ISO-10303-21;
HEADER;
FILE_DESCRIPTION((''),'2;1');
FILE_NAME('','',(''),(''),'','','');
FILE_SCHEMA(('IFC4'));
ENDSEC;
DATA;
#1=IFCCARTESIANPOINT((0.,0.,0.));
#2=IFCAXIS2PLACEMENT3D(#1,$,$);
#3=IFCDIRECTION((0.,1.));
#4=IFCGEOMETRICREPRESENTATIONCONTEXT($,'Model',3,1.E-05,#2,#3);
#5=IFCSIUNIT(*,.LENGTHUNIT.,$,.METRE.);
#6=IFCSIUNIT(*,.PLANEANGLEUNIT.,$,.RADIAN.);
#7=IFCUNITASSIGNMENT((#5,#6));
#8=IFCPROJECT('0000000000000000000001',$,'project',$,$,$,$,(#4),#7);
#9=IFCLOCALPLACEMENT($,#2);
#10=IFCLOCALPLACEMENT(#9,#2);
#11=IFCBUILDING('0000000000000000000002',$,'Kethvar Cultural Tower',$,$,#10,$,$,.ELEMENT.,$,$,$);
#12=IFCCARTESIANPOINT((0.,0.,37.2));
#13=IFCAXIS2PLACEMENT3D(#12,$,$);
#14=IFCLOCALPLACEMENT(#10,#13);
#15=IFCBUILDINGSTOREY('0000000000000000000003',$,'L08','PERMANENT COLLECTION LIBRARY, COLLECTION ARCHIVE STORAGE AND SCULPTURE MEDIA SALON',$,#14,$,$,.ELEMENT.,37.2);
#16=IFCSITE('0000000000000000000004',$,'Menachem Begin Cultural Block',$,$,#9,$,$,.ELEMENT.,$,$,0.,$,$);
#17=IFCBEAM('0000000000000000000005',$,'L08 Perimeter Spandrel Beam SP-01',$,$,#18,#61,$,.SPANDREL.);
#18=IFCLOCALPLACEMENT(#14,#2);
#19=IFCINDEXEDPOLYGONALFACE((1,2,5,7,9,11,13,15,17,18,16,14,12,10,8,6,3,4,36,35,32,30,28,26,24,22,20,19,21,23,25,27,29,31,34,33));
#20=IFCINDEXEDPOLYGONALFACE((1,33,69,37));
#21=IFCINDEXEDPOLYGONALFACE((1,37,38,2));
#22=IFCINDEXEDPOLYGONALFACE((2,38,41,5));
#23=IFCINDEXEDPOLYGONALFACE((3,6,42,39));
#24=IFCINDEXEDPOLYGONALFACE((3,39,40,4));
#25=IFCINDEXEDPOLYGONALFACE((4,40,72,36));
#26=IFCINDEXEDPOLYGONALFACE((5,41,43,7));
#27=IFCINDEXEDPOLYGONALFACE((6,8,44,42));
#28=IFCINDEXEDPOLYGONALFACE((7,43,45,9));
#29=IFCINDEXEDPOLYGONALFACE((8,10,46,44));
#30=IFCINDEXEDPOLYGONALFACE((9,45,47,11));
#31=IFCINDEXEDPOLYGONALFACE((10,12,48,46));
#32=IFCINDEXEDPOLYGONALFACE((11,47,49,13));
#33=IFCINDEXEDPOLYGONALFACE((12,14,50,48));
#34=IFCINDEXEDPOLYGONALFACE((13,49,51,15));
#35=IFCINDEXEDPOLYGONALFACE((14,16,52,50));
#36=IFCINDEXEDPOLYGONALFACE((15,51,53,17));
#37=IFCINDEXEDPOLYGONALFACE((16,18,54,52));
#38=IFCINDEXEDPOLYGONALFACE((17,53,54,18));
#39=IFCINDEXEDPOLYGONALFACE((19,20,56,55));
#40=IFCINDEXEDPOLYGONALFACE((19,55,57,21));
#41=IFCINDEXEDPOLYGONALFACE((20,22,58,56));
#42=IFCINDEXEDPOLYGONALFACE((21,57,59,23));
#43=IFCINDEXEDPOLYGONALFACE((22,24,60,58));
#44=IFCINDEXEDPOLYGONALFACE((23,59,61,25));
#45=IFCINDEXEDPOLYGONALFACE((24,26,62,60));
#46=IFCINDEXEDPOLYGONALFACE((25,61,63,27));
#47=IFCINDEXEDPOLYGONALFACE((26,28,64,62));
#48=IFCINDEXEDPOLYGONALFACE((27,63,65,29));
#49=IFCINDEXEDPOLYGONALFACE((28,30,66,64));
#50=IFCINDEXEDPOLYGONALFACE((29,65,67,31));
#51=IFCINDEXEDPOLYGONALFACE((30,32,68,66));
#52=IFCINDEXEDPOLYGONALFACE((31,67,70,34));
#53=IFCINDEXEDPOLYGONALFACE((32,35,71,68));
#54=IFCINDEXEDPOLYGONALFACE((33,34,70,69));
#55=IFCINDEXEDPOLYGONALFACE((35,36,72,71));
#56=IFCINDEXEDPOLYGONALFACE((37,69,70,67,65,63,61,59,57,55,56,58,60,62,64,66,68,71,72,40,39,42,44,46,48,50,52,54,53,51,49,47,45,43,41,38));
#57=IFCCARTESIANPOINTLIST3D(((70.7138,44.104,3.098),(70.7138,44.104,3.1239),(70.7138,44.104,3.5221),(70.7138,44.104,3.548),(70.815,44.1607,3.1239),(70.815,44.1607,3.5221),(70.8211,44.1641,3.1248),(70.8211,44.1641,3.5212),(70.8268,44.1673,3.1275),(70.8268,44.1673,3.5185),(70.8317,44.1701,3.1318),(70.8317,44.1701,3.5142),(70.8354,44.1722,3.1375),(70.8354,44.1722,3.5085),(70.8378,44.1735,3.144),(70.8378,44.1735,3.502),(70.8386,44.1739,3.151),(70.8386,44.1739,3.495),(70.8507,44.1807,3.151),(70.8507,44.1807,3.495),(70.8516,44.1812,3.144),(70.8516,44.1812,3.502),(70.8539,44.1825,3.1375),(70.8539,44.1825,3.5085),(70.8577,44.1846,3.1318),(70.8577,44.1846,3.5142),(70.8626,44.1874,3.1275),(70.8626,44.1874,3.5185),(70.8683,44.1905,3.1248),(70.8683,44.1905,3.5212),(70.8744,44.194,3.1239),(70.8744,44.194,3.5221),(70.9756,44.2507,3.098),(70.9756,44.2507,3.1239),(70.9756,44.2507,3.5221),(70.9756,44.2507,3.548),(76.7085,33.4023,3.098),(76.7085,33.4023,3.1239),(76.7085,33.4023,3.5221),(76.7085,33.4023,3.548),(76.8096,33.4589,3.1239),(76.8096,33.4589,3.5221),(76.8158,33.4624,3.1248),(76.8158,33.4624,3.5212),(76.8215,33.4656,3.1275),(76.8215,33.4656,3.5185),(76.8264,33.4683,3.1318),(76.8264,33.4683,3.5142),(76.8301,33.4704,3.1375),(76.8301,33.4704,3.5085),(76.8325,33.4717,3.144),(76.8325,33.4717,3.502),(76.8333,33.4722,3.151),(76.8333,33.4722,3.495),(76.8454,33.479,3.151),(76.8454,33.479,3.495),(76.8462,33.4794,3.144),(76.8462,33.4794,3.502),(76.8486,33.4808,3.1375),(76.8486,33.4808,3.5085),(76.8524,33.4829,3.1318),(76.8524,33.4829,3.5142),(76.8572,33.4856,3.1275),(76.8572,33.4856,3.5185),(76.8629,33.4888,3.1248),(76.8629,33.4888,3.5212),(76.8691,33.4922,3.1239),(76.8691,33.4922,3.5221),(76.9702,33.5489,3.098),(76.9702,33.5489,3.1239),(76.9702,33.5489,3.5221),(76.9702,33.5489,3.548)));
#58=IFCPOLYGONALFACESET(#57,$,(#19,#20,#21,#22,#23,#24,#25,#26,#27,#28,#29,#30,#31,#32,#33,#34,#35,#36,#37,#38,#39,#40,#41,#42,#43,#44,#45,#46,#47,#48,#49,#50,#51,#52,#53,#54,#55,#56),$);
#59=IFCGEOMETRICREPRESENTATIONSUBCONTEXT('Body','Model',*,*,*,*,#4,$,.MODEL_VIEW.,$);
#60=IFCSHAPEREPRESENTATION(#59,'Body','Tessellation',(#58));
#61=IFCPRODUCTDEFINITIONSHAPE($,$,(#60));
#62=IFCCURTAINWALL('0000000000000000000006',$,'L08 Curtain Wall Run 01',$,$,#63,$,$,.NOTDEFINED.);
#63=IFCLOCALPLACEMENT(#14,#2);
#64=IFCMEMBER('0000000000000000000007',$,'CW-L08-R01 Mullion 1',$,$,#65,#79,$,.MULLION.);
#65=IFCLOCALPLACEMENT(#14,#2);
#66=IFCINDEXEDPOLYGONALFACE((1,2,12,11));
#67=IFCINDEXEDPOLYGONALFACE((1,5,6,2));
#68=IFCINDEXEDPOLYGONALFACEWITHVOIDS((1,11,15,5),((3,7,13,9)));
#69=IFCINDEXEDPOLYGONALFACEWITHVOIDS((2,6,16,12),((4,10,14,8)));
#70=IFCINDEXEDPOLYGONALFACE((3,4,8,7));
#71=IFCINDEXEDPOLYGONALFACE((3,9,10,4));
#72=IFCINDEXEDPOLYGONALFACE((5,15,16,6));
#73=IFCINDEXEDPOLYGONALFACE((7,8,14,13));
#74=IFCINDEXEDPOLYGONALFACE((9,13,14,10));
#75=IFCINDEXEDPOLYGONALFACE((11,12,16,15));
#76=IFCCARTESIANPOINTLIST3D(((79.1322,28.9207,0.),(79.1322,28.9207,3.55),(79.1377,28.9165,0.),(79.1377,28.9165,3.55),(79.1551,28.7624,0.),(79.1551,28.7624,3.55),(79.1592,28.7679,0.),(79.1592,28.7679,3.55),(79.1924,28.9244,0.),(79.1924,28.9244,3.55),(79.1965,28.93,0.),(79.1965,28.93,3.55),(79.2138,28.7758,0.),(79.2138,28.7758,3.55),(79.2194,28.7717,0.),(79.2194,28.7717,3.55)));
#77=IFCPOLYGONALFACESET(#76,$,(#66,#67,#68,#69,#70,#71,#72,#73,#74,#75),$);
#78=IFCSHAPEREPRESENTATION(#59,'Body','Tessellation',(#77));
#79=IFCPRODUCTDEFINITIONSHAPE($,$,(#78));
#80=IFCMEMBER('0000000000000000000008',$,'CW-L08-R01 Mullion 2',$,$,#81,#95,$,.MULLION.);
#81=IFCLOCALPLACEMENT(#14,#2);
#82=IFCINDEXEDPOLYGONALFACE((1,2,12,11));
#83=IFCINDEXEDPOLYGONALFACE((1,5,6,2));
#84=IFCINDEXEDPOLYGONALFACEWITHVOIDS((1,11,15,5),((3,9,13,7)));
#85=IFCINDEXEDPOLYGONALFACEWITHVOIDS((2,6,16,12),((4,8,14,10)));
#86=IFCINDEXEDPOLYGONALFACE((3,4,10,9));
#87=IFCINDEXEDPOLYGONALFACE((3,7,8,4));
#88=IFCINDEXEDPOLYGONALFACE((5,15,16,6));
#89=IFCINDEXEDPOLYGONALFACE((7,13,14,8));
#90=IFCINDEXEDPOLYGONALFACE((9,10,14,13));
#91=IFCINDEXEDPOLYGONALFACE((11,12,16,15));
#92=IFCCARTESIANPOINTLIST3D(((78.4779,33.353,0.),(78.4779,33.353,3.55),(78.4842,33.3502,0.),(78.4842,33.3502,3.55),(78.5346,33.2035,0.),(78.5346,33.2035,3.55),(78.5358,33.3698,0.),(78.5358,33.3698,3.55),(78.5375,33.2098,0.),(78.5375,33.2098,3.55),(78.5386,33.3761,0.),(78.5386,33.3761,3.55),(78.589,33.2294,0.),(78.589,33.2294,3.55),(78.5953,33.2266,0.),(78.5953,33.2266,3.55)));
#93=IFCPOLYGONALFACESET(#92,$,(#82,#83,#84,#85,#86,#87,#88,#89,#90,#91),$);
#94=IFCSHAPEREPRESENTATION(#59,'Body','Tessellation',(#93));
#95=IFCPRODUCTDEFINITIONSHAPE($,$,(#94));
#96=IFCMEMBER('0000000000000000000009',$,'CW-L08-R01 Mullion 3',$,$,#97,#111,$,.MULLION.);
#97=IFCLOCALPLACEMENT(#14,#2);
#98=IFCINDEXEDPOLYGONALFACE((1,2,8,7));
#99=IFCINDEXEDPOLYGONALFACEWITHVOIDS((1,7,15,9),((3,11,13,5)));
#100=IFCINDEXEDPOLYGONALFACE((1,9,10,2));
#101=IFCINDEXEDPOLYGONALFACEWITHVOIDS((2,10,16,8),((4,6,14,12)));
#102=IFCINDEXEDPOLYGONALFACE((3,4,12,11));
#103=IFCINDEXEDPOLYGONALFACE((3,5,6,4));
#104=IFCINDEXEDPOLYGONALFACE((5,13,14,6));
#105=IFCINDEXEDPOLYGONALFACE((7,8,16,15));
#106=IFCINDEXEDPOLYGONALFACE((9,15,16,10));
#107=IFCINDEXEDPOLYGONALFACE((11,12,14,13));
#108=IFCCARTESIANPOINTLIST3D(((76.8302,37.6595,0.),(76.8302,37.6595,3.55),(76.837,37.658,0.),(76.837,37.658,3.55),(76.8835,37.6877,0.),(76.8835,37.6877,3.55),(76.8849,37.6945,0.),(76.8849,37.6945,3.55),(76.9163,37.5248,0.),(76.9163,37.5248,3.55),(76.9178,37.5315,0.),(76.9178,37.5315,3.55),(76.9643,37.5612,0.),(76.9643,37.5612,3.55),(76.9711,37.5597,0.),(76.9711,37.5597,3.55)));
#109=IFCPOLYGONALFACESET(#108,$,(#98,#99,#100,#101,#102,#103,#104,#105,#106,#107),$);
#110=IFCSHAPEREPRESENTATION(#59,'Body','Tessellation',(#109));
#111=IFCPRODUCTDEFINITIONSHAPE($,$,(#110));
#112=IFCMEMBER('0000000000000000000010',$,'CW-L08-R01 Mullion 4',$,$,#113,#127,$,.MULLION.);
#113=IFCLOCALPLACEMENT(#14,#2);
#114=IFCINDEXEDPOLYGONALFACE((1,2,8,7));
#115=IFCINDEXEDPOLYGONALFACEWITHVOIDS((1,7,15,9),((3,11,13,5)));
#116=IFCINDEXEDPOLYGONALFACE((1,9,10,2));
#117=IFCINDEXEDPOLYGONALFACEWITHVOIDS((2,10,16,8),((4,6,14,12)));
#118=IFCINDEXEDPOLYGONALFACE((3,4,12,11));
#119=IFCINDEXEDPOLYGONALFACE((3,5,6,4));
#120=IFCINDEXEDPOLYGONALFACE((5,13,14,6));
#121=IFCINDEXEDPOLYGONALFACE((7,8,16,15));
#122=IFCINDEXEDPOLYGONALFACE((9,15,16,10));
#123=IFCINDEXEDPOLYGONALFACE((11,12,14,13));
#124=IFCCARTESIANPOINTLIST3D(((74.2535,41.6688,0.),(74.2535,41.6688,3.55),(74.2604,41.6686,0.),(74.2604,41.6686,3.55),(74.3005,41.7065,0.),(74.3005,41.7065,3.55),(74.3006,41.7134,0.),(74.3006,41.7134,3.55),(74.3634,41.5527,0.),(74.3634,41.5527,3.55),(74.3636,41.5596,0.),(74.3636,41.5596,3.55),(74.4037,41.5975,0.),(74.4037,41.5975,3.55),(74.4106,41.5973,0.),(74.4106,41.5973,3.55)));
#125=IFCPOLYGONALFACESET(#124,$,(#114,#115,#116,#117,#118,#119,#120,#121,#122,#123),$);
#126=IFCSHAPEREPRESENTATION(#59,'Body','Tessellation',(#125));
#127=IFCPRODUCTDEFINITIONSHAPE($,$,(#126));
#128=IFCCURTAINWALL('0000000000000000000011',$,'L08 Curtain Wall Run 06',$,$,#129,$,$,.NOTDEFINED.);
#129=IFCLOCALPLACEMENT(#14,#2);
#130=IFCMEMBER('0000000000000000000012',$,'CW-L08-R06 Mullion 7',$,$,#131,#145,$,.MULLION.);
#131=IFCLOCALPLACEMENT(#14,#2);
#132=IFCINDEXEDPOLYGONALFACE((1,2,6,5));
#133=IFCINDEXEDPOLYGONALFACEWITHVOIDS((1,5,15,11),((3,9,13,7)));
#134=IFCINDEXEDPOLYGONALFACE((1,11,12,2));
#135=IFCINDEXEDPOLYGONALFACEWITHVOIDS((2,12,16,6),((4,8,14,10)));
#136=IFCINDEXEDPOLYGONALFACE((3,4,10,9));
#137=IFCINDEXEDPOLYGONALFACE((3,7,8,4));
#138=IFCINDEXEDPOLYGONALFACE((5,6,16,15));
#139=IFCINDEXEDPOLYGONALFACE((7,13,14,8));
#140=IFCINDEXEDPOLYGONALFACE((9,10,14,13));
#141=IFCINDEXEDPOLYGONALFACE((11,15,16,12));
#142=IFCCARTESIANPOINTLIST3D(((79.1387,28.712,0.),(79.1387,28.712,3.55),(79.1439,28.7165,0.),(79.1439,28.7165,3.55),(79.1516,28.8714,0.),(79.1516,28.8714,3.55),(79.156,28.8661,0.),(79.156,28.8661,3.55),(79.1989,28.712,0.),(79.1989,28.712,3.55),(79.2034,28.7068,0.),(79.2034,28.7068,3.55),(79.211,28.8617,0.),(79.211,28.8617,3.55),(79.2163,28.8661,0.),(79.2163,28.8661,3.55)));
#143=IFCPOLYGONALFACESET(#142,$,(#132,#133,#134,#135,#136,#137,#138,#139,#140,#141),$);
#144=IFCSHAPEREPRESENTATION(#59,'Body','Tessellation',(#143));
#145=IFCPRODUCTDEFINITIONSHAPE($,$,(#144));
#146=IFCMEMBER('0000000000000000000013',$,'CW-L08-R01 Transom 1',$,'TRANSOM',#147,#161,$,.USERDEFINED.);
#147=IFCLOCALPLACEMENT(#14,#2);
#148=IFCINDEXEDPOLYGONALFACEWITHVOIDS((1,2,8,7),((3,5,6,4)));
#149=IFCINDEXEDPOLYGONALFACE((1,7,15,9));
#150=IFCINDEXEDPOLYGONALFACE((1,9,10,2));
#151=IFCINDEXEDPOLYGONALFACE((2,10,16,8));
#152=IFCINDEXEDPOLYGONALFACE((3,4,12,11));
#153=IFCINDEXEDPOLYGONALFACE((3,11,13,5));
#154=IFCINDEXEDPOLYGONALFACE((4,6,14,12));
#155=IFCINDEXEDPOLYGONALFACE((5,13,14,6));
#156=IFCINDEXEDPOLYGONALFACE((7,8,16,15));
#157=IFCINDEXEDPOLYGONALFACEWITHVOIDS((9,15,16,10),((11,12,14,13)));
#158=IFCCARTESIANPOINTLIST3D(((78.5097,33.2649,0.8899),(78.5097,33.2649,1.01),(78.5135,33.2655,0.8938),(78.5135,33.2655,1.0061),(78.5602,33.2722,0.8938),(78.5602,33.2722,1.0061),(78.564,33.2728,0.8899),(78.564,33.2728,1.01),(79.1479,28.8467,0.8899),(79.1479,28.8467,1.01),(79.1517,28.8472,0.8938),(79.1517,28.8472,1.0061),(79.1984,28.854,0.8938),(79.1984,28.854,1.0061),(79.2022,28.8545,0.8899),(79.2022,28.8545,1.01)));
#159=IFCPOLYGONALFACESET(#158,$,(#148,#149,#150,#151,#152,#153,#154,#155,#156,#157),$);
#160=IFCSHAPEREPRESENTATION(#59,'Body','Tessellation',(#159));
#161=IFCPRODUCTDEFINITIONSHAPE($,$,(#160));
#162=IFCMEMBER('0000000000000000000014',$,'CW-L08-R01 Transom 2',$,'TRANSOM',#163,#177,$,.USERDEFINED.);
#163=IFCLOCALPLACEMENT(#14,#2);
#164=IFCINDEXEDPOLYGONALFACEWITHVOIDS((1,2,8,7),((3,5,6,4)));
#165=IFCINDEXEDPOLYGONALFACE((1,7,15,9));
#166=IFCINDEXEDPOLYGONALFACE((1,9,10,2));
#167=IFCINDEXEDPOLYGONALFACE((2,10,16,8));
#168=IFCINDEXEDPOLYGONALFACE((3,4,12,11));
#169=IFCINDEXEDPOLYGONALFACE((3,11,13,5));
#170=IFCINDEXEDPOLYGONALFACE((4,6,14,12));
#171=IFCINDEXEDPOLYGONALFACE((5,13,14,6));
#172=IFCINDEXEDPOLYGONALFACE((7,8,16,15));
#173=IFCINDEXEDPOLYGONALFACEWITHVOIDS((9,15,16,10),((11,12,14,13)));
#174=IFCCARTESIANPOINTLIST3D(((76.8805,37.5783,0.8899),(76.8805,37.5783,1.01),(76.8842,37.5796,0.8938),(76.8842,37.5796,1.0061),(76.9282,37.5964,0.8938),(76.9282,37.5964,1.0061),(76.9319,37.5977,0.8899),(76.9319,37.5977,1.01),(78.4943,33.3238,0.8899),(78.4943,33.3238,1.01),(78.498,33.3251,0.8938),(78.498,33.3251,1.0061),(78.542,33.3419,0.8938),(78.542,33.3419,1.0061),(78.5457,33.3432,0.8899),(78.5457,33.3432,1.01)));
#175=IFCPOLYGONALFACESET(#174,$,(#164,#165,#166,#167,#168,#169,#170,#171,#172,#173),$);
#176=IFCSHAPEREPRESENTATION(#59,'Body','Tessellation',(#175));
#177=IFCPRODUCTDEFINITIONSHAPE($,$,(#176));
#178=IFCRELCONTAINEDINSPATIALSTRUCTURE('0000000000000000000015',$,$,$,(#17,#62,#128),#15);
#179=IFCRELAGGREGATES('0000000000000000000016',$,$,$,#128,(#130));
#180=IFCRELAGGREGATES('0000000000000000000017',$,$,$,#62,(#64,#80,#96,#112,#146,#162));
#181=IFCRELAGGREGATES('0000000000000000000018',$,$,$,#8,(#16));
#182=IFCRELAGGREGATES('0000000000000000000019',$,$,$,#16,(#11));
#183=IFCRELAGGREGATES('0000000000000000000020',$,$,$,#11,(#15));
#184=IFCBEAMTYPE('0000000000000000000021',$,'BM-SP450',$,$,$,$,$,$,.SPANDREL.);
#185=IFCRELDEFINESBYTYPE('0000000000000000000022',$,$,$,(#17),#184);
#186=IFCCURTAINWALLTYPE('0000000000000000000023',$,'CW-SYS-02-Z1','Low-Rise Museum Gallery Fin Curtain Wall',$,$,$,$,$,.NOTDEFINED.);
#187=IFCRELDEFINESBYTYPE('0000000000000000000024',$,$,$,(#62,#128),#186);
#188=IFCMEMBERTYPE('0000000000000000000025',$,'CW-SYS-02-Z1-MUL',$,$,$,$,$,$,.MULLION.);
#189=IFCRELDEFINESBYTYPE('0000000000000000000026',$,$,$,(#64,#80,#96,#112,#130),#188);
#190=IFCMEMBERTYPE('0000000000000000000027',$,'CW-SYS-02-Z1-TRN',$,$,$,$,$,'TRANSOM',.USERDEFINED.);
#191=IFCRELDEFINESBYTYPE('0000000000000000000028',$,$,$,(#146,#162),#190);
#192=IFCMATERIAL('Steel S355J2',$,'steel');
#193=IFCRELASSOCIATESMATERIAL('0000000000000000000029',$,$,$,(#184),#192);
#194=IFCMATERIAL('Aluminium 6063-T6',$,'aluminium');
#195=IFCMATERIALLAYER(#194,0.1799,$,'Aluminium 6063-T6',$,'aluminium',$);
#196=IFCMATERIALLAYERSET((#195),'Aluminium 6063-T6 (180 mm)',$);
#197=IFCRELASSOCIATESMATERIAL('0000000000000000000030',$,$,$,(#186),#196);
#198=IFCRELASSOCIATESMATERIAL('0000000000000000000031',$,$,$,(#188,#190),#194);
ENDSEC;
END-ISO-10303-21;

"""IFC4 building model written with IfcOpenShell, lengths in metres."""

from ifc_helpers import new_model, si_unit, direction, frame, origin, origin_2d, place, context, subcontext, project, spatial, hollow_rectangle, i_section, extrude, source, transform, mapped, material, layer, layer_set, material_profile, profile_set, type_object, element, aggregate, save


model = new_model("IFC4")

# Units and contexts
model_context = context("Model", 3, precision=1e-05, world=origin(), true_north=direction((0.0, 1.0)))
body_context = subcontext(model_context, "Body", "Model", "MODEL_VIEW")
ifc_project = project(units=[si_unit("LENGTHUNIT", "METRE"), si_unit("PLANEANGLEUNIT", "RADIAN")], contexts=[model_context])

# Site, building, storey
site_placement = place(None, origin())
site = spatial("IfcSite", under=ifc_project, at=site_placement, Name="Menachem Begin Cultural Block", CompositionType="ELEMENT", RefElevation=0.0)
building_placement = place(site_placement, origin())
building = spatial("IfcBuilding", under=site, at=building_placement, Name="Kethvar Cultural Tower", CompositionType="ELEMENT")
storey_placement = place(building_placement, frame((0.0, 0.0, 37.2)))
storey = spatial("IfcBuildingStorey", under=building, at=storey_placement, Name="L08", Description="PERMANENT COLLECTION LIBRARY, COLLECTION ARCHIVE STORAGE AND SCULPTURE MEDIA SALON", CompositionType="ELEMENT", Elevation=37.2)

# Beam
ifc_material_1 = material(Name="Steel S355J2", Category="steel")
ifc_material_profile_1 = material_profile(ifc_material_1, i_section(OverallWidth=0.3, OverallDepth=0.45, WebThickness=0.0139, FlangeThickness=0.0259, FilletRadius=0.0271, at=origin_2d()), Name="Steel S355J2 — HEB450")
ifc_profile_set_1 = profile_set([ifc_material_profile_1], Name="Steel S355J2 — HEB450")
beam_type_1 = type_object("IfcBeamType", Name="BM-SP450", PredefinedType="SPANDREL", material=ifc_profile_set_1)
shared_shape_1 = source(origin(), body_context, "Body", "SweptSolid", [
    extrude(i_section(OverallWidth=0.3, OverallDepth=0.45, WebThickness=0.0139, FlangeThickness=0.0259, FilletRadius=0.0271, at=origin_2d()), origin(), (0.0, 0.0, 1.0), 12.2664),
])
beam_1_placement = place(storey_placement, frame((76.8394, 33.4756, 3.323), z_axis=(-0.488709, 0.872447, 0.0), x_axis=(-0.872447, -0.488709, 0.0)))
element("IfcBeam", 1, at=beam_1_placement, inside=storey, type_object=beam_type_1, Name="L08 Perimeter Spandrel Beam SP-01", PredefinedType="SPANDREL", context=body_context, shape_type="MappedRepresentation", body=[
    mapped(shared_shape_1, transform((0.0, 0.0, 0.0), scale=1.0)),
])

# Curtain wall, members
ifc_material_2 = material(Name="Aluminium 6063-T6", Category="aluminium")
ifc_layer_1 = layer(ifc_material_2, 0.1799, Name="Aluminium 6063-T6", Category="aluminium")
ifc_layer_set_1 = layer_set([ifc_layer_1], Name="Aluminium 6063-T6 (180 mm)")
curtain_wall_type = type_object("IfcCurtainWallType", Name="CW-SYS-02-Z1", Description="Low-Rise Museum Gallery Fin Curtain Wall", PredefinedType="NOTDEFINED", material=ifc_layer_set_1)
curtain_wall_1_placement = place(storey_placement, origin())
curtain_wall_1 = element("IfcCurtainWall", 2, at=curtain_wall_1_placement, inside=storey, type_object=curtain_wall_type, Name="L08 Curtain Wall Run 01", PredefinedType="NOTDEFINED")
ifc_material_profile_2 = material_profile(ifc_material_2, hollow_rectangle(XDim=0.0649, YDim=0.1599, WallThickness=0.0049, at=origin_2d()), Name="Aluminium 6063-T6 — RHS160x65x5")
ifc_profile_set_2 = profile_set([ifc_material_profile_2], Name="Aluminium 6063-T6 — RHS160x65x5")
member_type_1 = type_object("IfcMemberType", Name="CW-SYS-02-Z1-MUL", PredefinedType="MULLION", material=ifc_profile_set_2)
shared_shape_2 = source(origin(), body_context, "Body", "SweptSolid", [
    extrude(hollow_rectangle(XDim=0.0649, YDim=0.1599, WallThickness=0.0049, at=origin_2d()), origin(), (0.0, 0.0, 1.0), 3.55),
])
member_1_placement = place(storey_placement, frame((79.1758, 28.8462, 0.0), z_axis=(0.0, 0.0, 1.0), x_axis=(-0.989724, -0.142992, 0.0)))
member_1 = element("IfcMember", 3, at=member_1_placement, type_object=member_type_1, Name="CW-L08-R01 Mullion 1", PredefinedType="MULLION", context=body_context, shape_type="MappedRepresentation", body=[
    mapped(shared_shape_2, transform((0.0, 0.0, 0.0), scale=1.0)),
])
member_2_placement = place(storey_placement, frame((78.5366, 33.2898, 0.0), z_axis=(0.0, 0.0, 1.0), x_axis=(-0.934987, -0.354683, 0.0)))
member_2 = element("IfcMember", 4, at=member_2_placement, type_object=member_type_1, Name="CW-L08-R01 Mullion 2", PredefinedType="MULLION", context=body_context, shape_type="MappedRepresentation", body=[
    mapped(shared_shape_2, transform((0.0, 0.0, 0.0), scale=1.0)),
])
member_3_placement = place(storey_placement, frame((76.9006, 37.6096, 0.0), z_axis=(0.0, 0.0, 1.0), x_axis=(-0.842622, -0.538506, 0.0)))
member_3 = element("IfcMember", 5, at=member_3_placement, type_object=member_type_1, Name="CW-L08-R01 Mullion 3", PredefinedType="MULLION", context=body_context, shape_type="MappedRepresentation", body=[
    mapped(shared_shape_2, transform((0.0, 0.0, 0.0), scale=1.0)),
])
member_4_placement = place(storey_placement, frame((74.332, 41.6331, 0.0), z_axis=(0.0, 0.0, 1.0), x_axis=(-0.726215, -0.687468, 0.0)))
member_4 = element("IfcMember", 6, at=member_4_placement, type_object=member_type_1, Name="CW-L08-R01 Mullion 4", PredefinedType="MULLION", context=body_context, shape_type="MappedRepresentation", body=[
    mapped(shared_shape_2, transform((0.0, 0.0, 0.0), scale=1.0)),
])

# Curtain wall, member
curtain_wall_2_placement = place(storey_placement, origin())
curtain_wall_2 = element("IfcCurtainWall", 7, at=curtain_wall_2_placement, inside=storey, type_object=curtain_wall_type, Name="L08 Curtain Wall Run 06", PredefinedType="NOTDEFINED")
member_5_placement = place(storey_placement, frame((79.1775, 28.7891, 0.0), z_axis=(0.0, 0.0, 1.0), x_axis=(-0.996749, 0.080564, 0.0)))
member_5 = element("IfcMember", 8, at=member_5_placement, type_object=member_type_1, Name="CW-L08-R06 Mullion 7", PredefinedType="MULLION", context=body_context, shape_type="MappedRepresentation", body=[
    mapped(shared_shape_2, transform((0.0, 0.0, 0.0), scale=1.0)),
])
aggregate(curtain_wall_2, [member_5])

# Members
ifc_material_profile_3 = material_profile(ifc_material_2, hollow_rectangle(XDim=0.0549, YDim=0.1201, WallThickness=0.0039, at=origin_2d()), Name="Aluminium 6063-T6 — RHS120x55x4")
ifc_profile_set_3 = profile_set([ifc_material_profile_3], Name="Aluminium 6063-T6 — RHS120x55x4")
member_type_2 = type_object("IfcMemberType", Name="CW-SYS-02-Z1-TRN", ElementType="TRANSOM", PredefinedType="USERDEFINED", material=ifc_profile_set_3)
shared_shape_3 = source(origin(), body_context, "Body", "SweptSolid", [
    extrude(hollow_rectangle(XDim=0.0549, YDim=0.1201, WallThickness=0.0039, at=origin_2d()), origin(), (0.0, 0.0, 1.0), 4.4641),
])
member_6_placement = place(storey_placement, frame((79.175, 28.8506, 0.95), z_axis=(-0.14296, 0.989728, 0.0), x_axis=(-0.989728, -0.14296, 0.0)))
member_6 = element("IfcMember", 9, at=member_6_placement, type_object=member_type_2, Name="CW-L08-R01 Transom 1", ObjectType="TRANSOM", PredefinedType="USERDEFINED", context=body_context, shape_type="MappedRepresentation", body=[
    mapped(shared_shape_3, transform((0.0, 0.0, 0.0), scale=1.0)),
])
shared_shape_4 = source(origin(), body_context, "Body", "SweptSolid", [
    extrude(hollow_rectangle(XDim=0.0549, YDim=0.1201, WallThickness=0.0039, at=origin_2d()), origin(), (0.0, 0.0, 1.0), 4.5503),
])
member_7_placement = place(storey_placement, frame((78.52, 33.3335, 0.95), z_axis=(-0.354661, 0.934995, 0.0), x_axis=(-0.934995, -0.354661, 0.0)))
member_7 = element("IfcMember", 10, at=member_7_placement, type_object=member_type_2, Name="CW-L08-R01 Transom 2", ObjectType="TRANSOM", PredefinedType="USERDEFINED", context=body_context, shape_type="MappedRepresentation", body=[
    mapped(shared_shape_4, transform((0.0, 0.0, 0.0), scale=1.0)),
])

aggregate(curtain_wall_1, [member_1, member_2, member_3, member_4, member_6, member_7])

save(model, "model.ifc")
